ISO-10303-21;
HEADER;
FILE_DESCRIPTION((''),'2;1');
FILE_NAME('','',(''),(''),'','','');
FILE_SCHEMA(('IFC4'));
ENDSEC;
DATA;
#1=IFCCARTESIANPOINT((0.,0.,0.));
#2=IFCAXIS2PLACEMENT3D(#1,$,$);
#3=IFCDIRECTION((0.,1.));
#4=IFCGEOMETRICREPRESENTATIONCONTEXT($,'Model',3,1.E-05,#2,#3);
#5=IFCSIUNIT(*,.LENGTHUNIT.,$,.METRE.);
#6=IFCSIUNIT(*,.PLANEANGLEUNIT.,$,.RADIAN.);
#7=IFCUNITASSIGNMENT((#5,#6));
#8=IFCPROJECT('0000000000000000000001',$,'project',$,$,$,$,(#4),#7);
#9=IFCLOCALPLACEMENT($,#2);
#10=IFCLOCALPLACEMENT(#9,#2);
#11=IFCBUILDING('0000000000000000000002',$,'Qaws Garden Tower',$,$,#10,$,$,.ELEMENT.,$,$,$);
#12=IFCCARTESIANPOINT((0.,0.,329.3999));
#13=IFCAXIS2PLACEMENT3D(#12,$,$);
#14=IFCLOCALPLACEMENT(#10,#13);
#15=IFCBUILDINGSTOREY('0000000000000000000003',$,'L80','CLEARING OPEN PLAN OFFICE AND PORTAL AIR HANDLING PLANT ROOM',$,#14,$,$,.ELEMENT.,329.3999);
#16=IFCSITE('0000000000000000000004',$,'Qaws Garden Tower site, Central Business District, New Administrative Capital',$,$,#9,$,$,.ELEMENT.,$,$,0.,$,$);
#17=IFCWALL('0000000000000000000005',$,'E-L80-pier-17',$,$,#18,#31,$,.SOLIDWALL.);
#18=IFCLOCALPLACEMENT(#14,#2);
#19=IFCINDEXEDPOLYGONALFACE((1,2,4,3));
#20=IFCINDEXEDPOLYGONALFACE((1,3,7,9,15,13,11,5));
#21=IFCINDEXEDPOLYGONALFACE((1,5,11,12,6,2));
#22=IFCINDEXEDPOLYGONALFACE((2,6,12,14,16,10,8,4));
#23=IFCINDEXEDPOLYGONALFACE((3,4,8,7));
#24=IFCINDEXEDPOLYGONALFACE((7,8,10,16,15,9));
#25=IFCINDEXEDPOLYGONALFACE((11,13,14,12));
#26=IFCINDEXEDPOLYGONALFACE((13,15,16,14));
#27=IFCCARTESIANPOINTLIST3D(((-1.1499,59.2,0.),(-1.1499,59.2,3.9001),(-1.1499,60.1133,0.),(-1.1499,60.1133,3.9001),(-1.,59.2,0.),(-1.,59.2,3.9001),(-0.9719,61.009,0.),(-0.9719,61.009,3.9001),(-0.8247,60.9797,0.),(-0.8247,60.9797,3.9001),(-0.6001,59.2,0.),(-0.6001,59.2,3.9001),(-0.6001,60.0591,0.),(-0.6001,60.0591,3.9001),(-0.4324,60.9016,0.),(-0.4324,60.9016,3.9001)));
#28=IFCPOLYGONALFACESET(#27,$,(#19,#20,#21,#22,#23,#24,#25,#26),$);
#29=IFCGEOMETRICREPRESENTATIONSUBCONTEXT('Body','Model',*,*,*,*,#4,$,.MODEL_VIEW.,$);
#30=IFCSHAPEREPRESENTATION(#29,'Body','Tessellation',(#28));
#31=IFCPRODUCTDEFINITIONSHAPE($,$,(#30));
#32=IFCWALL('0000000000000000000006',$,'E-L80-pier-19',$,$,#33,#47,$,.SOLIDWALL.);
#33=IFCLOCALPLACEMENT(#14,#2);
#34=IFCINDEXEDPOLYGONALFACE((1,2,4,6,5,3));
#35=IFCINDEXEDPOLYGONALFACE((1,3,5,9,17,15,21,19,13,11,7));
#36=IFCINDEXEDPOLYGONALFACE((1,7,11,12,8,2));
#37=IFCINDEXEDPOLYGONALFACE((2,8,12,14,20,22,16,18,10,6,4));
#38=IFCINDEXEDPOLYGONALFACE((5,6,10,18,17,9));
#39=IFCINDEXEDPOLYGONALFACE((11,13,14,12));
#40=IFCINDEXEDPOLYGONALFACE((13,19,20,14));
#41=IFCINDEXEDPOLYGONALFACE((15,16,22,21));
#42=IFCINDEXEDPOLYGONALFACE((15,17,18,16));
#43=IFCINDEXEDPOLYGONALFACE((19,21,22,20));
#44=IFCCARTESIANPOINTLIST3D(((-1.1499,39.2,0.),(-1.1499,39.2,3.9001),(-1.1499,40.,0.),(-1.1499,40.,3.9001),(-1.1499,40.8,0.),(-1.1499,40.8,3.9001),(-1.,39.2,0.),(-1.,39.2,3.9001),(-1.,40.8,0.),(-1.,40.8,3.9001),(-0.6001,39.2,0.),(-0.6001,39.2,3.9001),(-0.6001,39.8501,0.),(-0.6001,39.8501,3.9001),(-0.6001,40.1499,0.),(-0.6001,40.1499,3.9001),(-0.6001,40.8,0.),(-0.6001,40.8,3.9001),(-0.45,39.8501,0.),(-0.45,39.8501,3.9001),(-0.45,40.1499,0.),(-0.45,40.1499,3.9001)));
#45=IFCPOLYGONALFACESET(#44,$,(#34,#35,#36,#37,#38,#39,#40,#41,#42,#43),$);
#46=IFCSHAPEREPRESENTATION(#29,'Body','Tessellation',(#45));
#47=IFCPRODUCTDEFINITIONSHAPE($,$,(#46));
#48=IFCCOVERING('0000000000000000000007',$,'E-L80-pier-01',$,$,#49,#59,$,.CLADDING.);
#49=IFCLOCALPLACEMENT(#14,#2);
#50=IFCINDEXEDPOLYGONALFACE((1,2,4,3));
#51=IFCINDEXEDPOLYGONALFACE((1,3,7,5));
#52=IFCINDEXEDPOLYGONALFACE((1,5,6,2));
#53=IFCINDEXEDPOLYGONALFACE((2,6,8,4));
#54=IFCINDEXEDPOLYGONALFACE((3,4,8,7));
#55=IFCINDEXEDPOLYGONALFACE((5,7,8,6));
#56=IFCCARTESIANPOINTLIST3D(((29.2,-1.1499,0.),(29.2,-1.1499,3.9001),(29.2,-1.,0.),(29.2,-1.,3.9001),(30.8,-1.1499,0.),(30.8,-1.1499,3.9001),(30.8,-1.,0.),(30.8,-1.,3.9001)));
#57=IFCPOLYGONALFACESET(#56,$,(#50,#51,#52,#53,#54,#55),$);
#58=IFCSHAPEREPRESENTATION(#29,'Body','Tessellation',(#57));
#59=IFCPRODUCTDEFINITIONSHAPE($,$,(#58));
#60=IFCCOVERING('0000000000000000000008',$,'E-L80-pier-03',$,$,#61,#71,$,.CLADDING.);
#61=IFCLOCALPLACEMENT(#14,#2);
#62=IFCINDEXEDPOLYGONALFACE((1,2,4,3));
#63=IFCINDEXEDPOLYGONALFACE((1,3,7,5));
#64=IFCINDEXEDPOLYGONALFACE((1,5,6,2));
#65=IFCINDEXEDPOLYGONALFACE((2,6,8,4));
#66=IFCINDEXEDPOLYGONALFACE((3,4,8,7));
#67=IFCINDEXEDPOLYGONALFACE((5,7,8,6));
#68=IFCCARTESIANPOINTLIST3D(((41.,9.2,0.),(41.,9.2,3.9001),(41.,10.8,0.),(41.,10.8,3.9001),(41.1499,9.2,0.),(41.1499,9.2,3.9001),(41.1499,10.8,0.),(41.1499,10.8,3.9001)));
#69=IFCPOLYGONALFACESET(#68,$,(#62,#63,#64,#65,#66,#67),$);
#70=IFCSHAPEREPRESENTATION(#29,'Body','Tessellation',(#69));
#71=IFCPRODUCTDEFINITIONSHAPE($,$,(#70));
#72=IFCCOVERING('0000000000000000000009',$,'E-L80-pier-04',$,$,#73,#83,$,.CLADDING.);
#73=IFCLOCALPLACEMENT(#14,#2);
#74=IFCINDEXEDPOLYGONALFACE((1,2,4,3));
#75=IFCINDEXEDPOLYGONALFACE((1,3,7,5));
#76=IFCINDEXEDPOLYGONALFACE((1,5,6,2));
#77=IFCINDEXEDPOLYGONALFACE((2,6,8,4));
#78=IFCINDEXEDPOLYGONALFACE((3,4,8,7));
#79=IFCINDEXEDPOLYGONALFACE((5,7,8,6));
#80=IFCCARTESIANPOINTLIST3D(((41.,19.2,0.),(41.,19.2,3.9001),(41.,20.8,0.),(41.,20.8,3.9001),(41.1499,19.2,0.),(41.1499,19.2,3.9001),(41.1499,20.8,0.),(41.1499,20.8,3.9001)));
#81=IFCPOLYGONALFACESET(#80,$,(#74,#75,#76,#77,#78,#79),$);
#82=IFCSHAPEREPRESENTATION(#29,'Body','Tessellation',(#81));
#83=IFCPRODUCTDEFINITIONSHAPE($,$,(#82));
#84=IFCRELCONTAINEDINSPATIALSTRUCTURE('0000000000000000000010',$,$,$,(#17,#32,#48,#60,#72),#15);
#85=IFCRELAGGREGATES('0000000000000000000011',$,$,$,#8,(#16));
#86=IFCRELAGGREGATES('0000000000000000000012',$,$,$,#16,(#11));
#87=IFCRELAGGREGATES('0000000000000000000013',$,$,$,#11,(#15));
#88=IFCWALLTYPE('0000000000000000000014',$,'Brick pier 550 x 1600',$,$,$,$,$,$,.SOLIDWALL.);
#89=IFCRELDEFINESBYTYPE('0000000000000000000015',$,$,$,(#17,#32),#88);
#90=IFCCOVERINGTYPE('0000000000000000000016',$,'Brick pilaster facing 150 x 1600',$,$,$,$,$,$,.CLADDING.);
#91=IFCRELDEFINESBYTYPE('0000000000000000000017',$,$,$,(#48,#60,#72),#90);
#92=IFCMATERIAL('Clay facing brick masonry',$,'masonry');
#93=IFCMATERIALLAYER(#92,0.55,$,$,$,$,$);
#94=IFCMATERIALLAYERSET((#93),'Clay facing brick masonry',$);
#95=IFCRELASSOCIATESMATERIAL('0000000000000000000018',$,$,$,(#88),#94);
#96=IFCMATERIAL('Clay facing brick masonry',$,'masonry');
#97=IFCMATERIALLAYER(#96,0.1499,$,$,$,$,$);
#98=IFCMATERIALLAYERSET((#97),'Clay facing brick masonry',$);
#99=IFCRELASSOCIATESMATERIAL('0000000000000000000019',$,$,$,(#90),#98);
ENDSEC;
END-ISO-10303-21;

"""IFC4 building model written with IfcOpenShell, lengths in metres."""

from ifc_helpers import new_model, si_unit, direction, frame, origin, place, context, subcontext, project, spatial, polyline, outline, extrude, material, layer, layer_set, type_object, element, save


model = new_model("IFC4")

# Units and contexts
model_context = context("Model", 3, precision=1e-05, world=origin(), true_north=direction((0.0, 1.0)))
body_context = subcontext(model_context, "Body", "Model", "MODEL_VIEW")
ifc_project = project(units=[si_unit("LENGTHUNIT", "METRE"), si_unit("PLANEANGLEUNIT", "RADIAN")], contexts=[model_context])

# Site, building, storey
site_placement = place(None, origin())
site = spatial("IfcSite", under=ifc_project, at=site_placement, Name="Qaws Garden Tower site, Central Business District, New Administrative Capital", CompositionType="ELEMENT", RefElevation=0.0)
building_placement = place(site_placement, origin())
building = spatial("IfcBuilding", under=site, at=building_placement, Name="Qaws Garden Tower", CompositionType="ELEMENT")
storey_placement = place(building_placement, frame((0.0, 0.0, 329.3999)))
storey = spatial("IfcBuildingStorey", under=building, at=storey_placement, Name="L80", Description="CLEARING OPEN PLAN OFFICE AND PORTAL AIR HANDLING PLANT ROOM", CompositionType="ELEMENT", Elevation=329.3999)

# Walls
placement_1 = place(storey_placement, origin())
ifc_material_1 = material(Name="Clay facing brick masonry", Category="masonry")
ifc_layer_1 = layer(ifc_material_1, 0.55)
ifc_layer_set_1 = layer_set([ifc_layer_1], Name="Clay facing brick masonry")
wall_type_1 = type_object("IfcWallType", Name="Brick pier 550 x 1600", PredefinedType="SOLIDWALL", material=ifc_layer_set_1)
element("IfcWall", 1, at=placement_1, inside=storey, type_object=wall_type_1, Name="E-L80-pier-17", PredefinedType="SOLIDWALL", context=body_context, shape_type="SweptSolid", body=[
    extrude(outline(polyline([(-0.8247, 60.9797), (-0.9719, 61.009), (-1.1499, 60.1133), (-1.1499, 59.2), (-1.0, 59.2), (-0.6001, 59.2), (-0.6001, 60.0591), (-0.4324, 60.9016), (-0.8247, 60.9797)])), origin(), (0.0, 0.0, 1.0), 3.9001),
])
element("IfcWall", 2, at=placement_1, inside=storey, type_object=wall_type_1, Name="E-L80-pier-19", PredefinedType="SOLIDWALL", context=body_context, shape_type="SweptSolid", body=[
    extrude(outline(polyline([(-0.6001, 39.2), (-0.6001, 39.8501), (-0.45, 39.8501), (-0.45, 40.1499), (-0.6001, 40.1499), (-0.6001, 40.8), (-1.0, 40.8), (-1.1499, 40.8), (-1.1499, 40.0), (-1.1499, 39.2), (-1.0, 39.2), (-0.6001, 39.2)])), origin(), (0.0, 0.0, 1.0), 3.9001),
])

# Coverings
ifc_material_2 = material(Name="Clay facing brick masonry", Category="masonry")
ifc_layer_2 = layer(ifc_material_2, 0.1499)
ifc_layer_set_2 = layer_set([ifc_layer_2], Name="Clay facing brick masonry")
covering_type = type_object("IfcCoveringType", Name="Brick pilaster facing 150 x 1600", PredefinedType="CLADDING", material=ifc_layer_set_2)
element("IfcCovering", 3, at=placement_1, inside=storey, type_object=covering_type, Name="E-L80-pier-01", PredefinedType="CLADDING", context=body_context, shape_type="SweptSolid", body=[
    extrude(outline(polyline([(29.2, -1.0), (30.8, -1.0), (30.8, -1.1499), (29.2, -1.1499), (29.2, -1.0)])), origin(), (0.0, 0.0, 1.0), 3.9001),
])
element("IfcCovering", 4, at=placement_1, inside=storey, type_object=covering_type, Name="E-L80-pier-03", PredefinedType="CLADDING", context=body_context, shape_type="SweptSolid", body=[
    extrude(outline(polyline([(41.0, 9.2), (41.0, 10.8), (41.1499, 10.8), (41.1499, 9.2), (41.0, 9.2)])), origin(), (0.0, 0.0, 1.0), 3.9001),
])
element("IfcCovering", 5, at=placement_1, inside=storey, type_object=covering_type, Name="E-L80-pier-04", PredefinedType="CLADDING", context=body_context, shape_type="SweptSolid", body=[
    extrude(outline(polyline([(41.0, 19.2), (41.0, 20.8), (41.1499, 20.8), (41.1499, 19.2), (41.0, 19.2)])), origin(), (0.0, 0.0, 1.0), 3.9001),
])

save(model, "model.ifc")
